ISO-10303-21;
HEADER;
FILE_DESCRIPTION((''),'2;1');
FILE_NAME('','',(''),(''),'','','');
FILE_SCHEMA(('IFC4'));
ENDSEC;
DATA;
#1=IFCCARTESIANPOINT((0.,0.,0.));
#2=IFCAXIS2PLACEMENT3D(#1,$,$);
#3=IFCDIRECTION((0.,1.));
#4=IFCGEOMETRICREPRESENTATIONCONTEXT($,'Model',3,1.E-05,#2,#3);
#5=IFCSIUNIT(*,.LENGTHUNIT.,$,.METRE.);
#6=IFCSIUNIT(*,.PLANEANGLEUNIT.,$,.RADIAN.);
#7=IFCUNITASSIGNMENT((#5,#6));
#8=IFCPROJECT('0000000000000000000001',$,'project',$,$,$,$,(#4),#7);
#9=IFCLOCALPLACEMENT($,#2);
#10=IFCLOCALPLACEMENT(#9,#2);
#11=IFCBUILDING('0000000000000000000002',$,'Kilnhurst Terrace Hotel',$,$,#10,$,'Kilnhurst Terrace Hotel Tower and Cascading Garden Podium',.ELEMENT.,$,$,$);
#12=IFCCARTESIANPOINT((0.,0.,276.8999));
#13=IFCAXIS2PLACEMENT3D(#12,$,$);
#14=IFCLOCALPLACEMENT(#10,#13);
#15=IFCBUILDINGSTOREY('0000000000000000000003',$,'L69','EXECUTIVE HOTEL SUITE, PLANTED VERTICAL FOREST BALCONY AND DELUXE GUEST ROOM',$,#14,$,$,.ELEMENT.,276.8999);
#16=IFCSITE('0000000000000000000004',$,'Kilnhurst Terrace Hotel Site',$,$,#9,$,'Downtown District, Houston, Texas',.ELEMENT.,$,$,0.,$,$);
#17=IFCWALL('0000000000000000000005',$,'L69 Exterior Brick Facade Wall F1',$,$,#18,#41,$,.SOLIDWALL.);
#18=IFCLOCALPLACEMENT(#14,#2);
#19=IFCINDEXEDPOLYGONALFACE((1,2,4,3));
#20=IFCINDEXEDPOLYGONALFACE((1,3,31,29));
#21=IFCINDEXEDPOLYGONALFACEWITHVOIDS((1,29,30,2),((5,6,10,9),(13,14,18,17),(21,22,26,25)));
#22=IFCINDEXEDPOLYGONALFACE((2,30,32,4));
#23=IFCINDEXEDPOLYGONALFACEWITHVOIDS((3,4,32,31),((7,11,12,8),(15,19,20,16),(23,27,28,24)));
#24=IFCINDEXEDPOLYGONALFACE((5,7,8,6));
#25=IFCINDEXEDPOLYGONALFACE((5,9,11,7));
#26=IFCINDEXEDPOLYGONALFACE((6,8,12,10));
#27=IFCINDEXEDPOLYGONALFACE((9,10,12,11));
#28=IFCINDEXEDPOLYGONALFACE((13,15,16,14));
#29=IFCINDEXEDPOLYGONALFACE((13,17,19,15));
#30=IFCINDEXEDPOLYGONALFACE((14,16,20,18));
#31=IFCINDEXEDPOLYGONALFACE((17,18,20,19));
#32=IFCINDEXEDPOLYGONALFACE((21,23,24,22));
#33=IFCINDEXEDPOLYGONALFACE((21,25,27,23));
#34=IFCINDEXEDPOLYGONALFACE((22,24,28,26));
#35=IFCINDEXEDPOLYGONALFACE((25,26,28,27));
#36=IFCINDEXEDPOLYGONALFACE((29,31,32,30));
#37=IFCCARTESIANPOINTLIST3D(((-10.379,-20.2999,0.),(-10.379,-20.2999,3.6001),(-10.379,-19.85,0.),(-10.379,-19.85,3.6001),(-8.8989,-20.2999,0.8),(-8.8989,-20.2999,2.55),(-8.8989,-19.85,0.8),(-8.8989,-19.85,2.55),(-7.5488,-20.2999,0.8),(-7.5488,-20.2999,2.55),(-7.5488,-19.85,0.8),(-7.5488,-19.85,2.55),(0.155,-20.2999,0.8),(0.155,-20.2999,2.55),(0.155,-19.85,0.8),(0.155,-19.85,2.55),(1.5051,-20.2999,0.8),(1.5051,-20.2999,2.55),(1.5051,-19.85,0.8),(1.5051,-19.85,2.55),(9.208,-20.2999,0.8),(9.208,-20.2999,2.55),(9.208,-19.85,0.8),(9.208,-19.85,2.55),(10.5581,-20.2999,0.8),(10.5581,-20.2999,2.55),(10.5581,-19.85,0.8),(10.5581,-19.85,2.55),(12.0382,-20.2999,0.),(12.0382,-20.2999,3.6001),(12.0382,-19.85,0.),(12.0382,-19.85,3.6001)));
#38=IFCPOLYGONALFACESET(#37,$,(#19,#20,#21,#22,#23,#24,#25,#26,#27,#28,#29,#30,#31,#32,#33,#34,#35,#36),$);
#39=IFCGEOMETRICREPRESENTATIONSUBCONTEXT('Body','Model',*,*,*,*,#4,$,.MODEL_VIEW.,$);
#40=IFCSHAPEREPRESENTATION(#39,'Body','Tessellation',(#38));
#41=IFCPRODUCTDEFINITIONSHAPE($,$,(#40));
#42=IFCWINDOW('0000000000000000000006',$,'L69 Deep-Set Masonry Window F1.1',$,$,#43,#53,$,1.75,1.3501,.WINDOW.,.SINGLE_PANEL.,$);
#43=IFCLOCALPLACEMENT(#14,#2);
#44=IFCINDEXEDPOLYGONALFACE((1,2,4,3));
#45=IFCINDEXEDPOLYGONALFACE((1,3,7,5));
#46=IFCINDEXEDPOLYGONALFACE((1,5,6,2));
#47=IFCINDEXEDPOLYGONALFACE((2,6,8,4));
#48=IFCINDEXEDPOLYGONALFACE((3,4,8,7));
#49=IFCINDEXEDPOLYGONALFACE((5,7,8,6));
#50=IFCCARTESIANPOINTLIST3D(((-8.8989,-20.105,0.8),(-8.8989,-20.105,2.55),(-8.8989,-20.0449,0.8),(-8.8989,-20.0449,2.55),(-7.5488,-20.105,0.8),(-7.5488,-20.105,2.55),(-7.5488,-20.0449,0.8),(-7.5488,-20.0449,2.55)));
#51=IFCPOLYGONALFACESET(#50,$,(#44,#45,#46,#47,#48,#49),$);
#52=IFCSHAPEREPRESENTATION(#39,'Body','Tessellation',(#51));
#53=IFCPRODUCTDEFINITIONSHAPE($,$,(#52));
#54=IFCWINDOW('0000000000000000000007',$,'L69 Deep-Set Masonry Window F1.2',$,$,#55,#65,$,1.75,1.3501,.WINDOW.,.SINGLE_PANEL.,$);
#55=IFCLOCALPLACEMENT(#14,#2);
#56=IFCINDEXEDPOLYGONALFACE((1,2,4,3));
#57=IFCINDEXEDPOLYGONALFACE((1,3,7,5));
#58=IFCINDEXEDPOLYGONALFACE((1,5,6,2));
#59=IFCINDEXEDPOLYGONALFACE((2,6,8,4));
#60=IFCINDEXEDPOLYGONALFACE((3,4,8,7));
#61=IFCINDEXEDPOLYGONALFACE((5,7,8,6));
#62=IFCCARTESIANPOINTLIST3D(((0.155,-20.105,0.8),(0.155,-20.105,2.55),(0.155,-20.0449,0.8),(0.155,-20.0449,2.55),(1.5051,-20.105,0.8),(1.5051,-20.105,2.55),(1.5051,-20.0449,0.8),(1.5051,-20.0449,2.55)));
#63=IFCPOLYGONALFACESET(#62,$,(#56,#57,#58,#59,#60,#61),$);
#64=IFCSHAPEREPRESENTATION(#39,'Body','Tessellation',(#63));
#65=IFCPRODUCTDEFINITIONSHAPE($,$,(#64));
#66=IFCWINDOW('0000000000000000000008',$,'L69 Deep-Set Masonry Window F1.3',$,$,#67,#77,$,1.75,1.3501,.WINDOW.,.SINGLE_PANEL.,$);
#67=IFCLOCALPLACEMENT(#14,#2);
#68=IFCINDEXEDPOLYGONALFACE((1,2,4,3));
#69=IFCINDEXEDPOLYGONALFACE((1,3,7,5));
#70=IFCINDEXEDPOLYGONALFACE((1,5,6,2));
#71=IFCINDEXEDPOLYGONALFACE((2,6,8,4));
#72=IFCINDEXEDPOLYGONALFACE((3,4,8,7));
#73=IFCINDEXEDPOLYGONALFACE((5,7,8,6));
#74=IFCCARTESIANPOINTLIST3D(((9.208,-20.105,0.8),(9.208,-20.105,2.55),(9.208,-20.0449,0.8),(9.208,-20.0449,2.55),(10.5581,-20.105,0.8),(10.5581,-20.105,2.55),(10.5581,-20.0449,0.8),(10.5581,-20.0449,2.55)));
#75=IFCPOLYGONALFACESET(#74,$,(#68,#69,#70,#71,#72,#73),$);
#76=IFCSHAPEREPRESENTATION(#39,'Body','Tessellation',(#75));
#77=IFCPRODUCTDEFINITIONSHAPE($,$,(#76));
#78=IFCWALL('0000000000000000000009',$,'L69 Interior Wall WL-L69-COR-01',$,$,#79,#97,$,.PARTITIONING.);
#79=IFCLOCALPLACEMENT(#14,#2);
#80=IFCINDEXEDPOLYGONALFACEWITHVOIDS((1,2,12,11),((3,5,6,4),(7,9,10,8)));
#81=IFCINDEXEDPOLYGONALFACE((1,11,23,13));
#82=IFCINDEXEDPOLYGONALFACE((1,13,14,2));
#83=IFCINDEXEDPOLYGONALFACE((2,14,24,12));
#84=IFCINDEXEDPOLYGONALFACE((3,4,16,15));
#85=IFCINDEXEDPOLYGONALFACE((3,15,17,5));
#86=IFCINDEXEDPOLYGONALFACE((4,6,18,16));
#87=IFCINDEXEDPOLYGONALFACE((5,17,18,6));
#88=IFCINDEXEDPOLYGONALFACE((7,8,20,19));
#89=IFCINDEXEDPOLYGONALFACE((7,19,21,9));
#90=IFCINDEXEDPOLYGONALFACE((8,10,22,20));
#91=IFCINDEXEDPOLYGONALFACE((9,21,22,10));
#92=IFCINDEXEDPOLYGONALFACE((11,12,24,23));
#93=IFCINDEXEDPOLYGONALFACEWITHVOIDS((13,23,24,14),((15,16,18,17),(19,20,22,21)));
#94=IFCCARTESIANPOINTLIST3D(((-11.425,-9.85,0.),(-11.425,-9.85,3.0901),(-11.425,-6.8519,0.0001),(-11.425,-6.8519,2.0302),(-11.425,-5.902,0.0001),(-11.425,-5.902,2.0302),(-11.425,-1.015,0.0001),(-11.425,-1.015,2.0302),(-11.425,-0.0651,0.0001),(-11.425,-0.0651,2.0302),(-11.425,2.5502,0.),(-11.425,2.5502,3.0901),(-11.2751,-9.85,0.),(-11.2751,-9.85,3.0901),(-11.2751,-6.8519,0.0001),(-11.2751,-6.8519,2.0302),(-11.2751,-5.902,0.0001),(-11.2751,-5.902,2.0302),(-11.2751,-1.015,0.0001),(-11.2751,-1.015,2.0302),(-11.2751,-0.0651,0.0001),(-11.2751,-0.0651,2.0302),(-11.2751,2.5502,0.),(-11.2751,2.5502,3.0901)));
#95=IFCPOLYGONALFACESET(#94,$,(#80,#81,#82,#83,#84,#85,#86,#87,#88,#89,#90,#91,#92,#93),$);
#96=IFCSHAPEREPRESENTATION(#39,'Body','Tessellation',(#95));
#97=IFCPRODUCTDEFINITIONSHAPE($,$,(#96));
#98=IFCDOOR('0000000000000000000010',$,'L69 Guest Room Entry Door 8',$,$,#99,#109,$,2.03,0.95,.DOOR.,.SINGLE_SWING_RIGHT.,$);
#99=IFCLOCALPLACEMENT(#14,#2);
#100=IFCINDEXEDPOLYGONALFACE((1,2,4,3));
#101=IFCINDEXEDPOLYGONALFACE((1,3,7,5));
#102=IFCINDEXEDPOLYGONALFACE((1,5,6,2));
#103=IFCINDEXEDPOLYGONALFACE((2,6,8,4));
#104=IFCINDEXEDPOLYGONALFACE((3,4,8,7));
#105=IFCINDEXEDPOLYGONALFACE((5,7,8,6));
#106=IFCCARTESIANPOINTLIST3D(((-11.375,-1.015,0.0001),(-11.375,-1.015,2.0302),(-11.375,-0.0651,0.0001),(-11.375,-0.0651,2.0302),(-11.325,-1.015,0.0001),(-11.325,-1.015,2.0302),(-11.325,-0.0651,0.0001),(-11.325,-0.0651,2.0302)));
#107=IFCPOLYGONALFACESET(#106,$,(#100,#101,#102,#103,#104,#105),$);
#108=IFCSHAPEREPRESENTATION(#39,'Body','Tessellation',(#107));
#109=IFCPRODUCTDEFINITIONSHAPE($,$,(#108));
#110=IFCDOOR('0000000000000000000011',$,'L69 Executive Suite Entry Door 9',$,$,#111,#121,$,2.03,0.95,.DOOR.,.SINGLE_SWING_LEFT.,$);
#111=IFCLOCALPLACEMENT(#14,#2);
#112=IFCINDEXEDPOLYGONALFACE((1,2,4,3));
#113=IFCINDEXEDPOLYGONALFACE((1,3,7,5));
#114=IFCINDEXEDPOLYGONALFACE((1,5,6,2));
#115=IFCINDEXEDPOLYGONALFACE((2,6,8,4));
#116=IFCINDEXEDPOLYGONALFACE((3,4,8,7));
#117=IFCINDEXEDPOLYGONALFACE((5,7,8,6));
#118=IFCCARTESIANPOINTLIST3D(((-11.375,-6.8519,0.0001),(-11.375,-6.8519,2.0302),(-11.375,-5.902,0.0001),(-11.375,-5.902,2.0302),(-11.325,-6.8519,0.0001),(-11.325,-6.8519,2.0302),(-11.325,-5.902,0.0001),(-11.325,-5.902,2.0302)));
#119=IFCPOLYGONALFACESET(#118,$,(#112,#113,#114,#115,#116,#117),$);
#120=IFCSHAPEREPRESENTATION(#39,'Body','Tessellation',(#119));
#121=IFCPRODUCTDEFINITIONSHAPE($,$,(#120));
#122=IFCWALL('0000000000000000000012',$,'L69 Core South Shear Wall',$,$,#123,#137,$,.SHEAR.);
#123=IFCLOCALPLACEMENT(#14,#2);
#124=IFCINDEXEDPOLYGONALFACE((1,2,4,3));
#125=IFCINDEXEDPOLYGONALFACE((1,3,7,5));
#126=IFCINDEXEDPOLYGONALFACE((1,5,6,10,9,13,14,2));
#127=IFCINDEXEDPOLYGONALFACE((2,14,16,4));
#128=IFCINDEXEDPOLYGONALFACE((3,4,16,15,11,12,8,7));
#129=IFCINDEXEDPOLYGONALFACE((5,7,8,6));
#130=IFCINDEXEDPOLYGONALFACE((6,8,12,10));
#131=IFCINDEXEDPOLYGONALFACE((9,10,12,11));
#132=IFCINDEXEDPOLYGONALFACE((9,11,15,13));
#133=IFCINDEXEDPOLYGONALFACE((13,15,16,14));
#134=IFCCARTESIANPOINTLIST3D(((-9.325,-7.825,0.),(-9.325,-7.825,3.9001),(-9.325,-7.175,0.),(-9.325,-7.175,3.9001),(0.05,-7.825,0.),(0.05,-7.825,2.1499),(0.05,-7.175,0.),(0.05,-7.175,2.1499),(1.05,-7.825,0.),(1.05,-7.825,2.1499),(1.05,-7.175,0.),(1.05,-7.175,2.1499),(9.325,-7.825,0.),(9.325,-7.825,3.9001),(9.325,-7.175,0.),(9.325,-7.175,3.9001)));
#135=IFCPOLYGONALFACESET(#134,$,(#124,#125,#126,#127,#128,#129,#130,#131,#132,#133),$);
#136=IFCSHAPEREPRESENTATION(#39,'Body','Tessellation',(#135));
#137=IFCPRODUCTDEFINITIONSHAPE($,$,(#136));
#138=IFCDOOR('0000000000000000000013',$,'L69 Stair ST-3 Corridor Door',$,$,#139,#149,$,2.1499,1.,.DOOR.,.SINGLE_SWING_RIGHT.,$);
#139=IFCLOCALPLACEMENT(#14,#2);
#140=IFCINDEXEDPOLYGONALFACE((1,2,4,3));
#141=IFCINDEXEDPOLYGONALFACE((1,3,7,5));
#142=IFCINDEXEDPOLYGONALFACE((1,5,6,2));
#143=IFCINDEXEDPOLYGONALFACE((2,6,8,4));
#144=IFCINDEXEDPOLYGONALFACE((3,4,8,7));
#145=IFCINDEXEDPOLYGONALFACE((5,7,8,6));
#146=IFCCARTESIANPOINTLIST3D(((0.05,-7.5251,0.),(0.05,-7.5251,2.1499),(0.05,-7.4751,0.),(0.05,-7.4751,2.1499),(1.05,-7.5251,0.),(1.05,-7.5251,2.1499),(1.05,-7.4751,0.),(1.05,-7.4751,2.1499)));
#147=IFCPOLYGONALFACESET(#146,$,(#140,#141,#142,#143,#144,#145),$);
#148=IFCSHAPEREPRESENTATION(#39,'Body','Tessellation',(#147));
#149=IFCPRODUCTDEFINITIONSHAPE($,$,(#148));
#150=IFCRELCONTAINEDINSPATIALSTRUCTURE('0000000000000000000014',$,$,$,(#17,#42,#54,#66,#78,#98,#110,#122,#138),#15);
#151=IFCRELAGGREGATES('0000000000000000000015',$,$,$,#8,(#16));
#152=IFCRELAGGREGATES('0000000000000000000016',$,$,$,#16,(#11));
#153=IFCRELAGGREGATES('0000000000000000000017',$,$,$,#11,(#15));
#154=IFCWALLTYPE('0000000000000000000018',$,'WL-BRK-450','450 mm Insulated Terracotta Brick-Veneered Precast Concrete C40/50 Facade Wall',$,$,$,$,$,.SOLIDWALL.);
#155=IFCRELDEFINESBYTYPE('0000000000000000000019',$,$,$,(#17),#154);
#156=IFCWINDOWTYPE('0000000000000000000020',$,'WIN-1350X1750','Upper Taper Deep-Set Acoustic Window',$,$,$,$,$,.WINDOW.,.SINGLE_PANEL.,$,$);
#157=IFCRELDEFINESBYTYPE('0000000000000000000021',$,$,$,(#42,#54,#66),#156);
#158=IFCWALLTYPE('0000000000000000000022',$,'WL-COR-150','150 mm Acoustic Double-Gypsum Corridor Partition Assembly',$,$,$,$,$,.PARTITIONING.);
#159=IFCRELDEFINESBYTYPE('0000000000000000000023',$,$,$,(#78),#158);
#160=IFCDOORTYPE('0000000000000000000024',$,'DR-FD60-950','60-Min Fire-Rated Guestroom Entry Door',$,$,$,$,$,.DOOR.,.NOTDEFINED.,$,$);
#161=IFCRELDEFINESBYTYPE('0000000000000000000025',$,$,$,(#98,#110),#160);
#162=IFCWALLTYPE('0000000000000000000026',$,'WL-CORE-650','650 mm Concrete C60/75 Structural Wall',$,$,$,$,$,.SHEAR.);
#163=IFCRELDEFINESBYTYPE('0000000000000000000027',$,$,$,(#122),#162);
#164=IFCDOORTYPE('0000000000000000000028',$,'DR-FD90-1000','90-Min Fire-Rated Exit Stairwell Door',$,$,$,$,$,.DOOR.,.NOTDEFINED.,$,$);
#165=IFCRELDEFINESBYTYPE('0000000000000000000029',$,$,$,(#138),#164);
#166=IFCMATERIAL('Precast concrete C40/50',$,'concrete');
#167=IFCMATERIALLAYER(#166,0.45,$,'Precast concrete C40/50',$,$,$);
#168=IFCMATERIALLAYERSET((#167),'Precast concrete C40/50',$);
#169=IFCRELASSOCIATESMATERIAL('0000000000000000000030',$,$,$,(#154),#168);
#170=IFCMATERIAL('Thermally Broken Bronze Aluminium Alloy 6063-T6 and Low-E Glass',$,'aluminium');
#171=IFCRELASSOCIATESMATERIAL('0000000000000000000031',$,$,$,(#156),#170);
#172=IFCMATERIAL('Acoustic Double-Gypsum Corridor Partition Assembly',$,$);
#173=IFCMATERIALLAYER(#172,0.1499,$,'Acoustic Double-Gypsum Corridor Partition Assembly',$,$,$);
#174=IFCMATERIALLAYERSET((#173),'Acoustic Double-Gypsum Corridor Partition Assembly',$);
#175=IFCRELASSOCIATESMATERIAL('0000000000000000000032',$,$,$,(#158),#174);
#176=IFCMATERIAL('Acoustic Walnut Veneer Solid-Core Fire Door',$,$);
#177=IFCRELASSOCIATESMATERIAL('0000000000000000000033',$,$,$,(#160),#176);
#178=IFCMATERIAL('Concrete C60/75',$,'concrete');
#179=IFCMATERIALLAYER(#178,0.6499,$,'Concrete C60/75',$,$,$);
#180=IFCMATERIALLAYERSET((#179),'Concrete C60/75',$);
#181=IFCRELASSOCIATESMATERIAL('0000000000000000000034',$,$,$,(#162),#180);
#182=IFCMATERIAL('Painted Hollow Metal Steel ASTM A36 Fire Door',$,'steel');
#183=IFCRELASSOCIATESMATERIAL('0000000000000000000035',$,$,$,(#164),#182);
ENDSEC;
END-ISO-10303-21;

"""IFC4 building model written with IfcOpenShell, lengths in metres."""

from ifc_helpers import new_model, si_unit, direction, frame, frame_2d, origin, place, context, subcontext, project, spatial, rectangle, extrude, material, layer, layer_set, type_object, element, fill, save


model = new_model("IFC4")

# Units and contexts
model_context = context("Model", 3, precision=1e-05, world=origin(), true_north=direction((0.0, 1.0)))
body_context = subcontext(model_context, "Body", "Model", "MODEL_VIEW")
ifc_project = project(units=[si_unit("LENGTHUNIT", "METRE"), si_unit("PLANEANGLEUNIT", "RADIAN")], contexts=[model_context])

# Site, building, storey
site_placement = place(None, origin())
site = spatial("IfcSite", under=ifc_project, at=site_placement, Name="Kilnhurst Terrace Hotel Site", LongName="Downtown District, Houston, Texas", CompositionType="ELEMENT", RefElevation=0.0)
building_placement = place(site_placement, origin())
building = spatial("IfcBuilding", under=site, at=building_placement, Name="Kilnhurst Terrace Hotel", LongName="Kilnhurst Terrace Hotel Tower and Cascading Garden Podium", CompositionType="ELEMENT")
storey_placement = place(building_placement, frame((0.0, 0.0, 276.8999)))
storey = spatial("IfcBuildingStorey", under=building, at=storey_placement, Name="L69", Description="EXECUTIVE HOTEL SUITE, PLANTED VERTICAL FOREST BALCONY AND DELUXE GUEST ROOM", CompositionType="ELEMENT", Elevation=276.8999)

# Shared definitions
ifc_material_1 = material(Name="Concrete C60/75", Category="concrete")

# Shared definitions
ifc_material_2 = material(Name="Precast concrete C40/50", Category="concrete")
ifc_layer_1 = layer(ifc_material_2, 0.45, Name="Precast concrete C40/50")
ifc_layer_set_1 = layer_set([ifc_layer_1], Name="Precast concrete C40/50")
wall_type_1 = type_object("IfcWallType", Name="WL-BRK-450", Description="450 mm Insulated Terracotta Brick-Veneered Precast Concrete C40/50 Facade Wall", PredefinedType="SOLIDWALL", material=ifc_layer_set_1)

# Wall, openings, windows
wall_1_placement = place(storey_placement, frame((-10.3789, -20.075, 0.0), z_axis=(0.0, 0.0, 1.0), x_axis=(1.0, 0.0, 0.0)))
wall_1 = element("IfcWall", 1, at=wall_1_placement, inside=storey, type_object=wall_type_1, Name="L69 Exterior Brick Facade Wall F1", PredefinedType="SOLIDWALL", context=body_context, shape_type="SweptSolid", body=[
    extrude(rectangle(XDim=22.4172, YDim=0.45, at=frame_2d((11.2085, 0.0))), origin(), (0.0, 0.0, 1.0), 3.6001),
])
opening_1_placement = place(wall_1_placement, frame((1.48, 0.0, 0.8)))
opening_1 = element("IfcOpeningElement", 2, at=opening_1_placement, cuts=wall_1, PredefinedType="OPENING", context=body_context, shape_type="SweptSolid", body=[
    extrude(rectangle(XDim=1.3501, YDim=1.75, at=frame_2d((0.675, 0.875))), frame((0.0, 0.2349, 0.0), z_axis=(0.0, -1.0, 0.0), x_axis=(1.0, 0.0, 0.0)), (0.0, 0.0, 1.0), 0.47),
])
opening_2_placement = place(wall_1_placement, frame((10.5339, 0.0, 0.8)))
opening_2 = element("IfcOpeningElement", 3, at=opening_2_placement, cuts=wall_1, PredefinedType="OPENING", context=body_context, shape_type="SweptSolid", body=[
    extrude(rectangle(XDim=1.3501, YDim=1.75, at=frame_2d((0.675, 0.875))), frame((0.0, 0.2349, 0.0), z_axis=(0.0, -1.0, 0.0), x_axis=(1.0, 0.0, 0.0)), (0.0, 0.0, 1.0), 0.47),
])
opening_3_placement = place(wall_1_placement, frame((19.5869, 0.0, 0.8)))
opening_3 = element("IfcOpeningElement", 4, at=opening_3_placement, cuts=wall_1, PredefinedType="OPENING", context=body_context, shape_type="SweptSolid", body=[
    extrude(rectangle(XDim=1.3501, YDim=1.75, at=frame_2d((0.675, 0.875))), frame((0.0, 0.2349, 0.0), z_axis=(0.0, -1.0, 0.0), x_axis=(1.0, 0.0, 0.0)), (0.0, 0.0, 1.0), 0.47),
])
ifc_material_3 = material(Name="Thermally Broken Bronze Aluminium Alloy 6063-T6 and Low-E Glass", Category="aluminium")
window_type = type_object("IfcWindowType", Name="WIN-1350X1750", Description="Upper Taper Deep-Set Acoustic Window", PartitioningType="SINGLE_PANEL", PredefinedType="WINDOW", material=ifc_material_3)
window_1_placement = place(opening_1_placement, origin())
window_1 = element("IfcWindow", 5, at=window_1_placement, inside=storey, type_object=window_type, Name="L69 Deep-Set Masonry Window F1.1", OverallHeight=1.75, OverallWidth=1.3501, PartitioningType="SINGLE_PANEL", PredefinedType="WINDOW", context=body_context, shape_type="SweptSolid", body=[
    extrude(rectangle(XDim=1.3501, YDim=1.75, at=frame_2d((0.675, 0.875))), frame((0.0, 0.03, 0.0), z_axis=(0.0, -1.0, 0.0), x_axis=(1.0, 0.0, 0.0)), (0.0, 0.0, 1.0), 0.0601),
])
fill(opening_1, window_1)
window_2_placement = place(opening_2_placement, origin())
window_2 = element("IfcWindow", 6, at=window_2_placement, inside=storey, type_object=window_type, Name="L69 Deep-Set Masonry Window F1.2", OverallHeight=1.75, OverallWidth=1.3501, PartitioningType="SINGLE_PANEL", PredefinedType="WINDOW", context=body_context, shape_type="SweptSolid", body=[
    extrude(rectangle(XDim=1.3501, YDim=1.75, at=frame_2d((0.675, 0.875))), frame((0.0, 0.03, 0.0), z_axis=(0.0, -1.0, 0.0), x_axis=(1.0, 0.0, 0.0)), (0.0, 0.0, 1.0), 0.0601),
])
fill(opening_2, window_2)
window_3_placement = place(opening_3_placement, origin())
window_3 = element("IfcWindow", 7, at=window_3_placement, inside=storey, type_object=window_type, Name="L69 Deep-Set Masonry Window F1.3", OverallHeight=1.75, OverallWidth=1.3501, PartitioningType="SINGLE_PANEL", PredefinedType="WINDOW", context=body_context, shape_type="SweptSolid", body=[
    extrude(rectangle(XDim=1.3501, YDim=1.75, at=frame_2d((0.675, 0.875))), frame((0.0, 0.03, 0.0), z_axis=(0.0, -1.0, 0.0), x_axis=(1.0, 0.0, 0.0)), (0.0, 0.0, 1.0), 0.0601),
])
fill(opening_3, window_3)

# Wall, openings, doors
ifc_material_4 = material(Name="Acoustic Double-Gypsum Corridor Partition Assembly")
ifc_layer_2 = layer(ifc_material_4, 0.1499, Name="Acoustic Double-Gypsum Corridor Partition Assembly")
ifc_layer_set_2 = layer_set([ifc_layer_2], Name="Acoustic Double-Gypsum Corridor Partition Assembly")
wall_type_2 = type_object("IfcWallType", Name="WL-COR-150", Description="150 mm Acoustic Double-Gypsum Corridor Partition Assembly", PredefinedType="PARTITIONING", material=ifc_layer_set_2)
wall_2_placement = place(storey_placement, frame((-11.3501, -9.8501, 0.0), z_axis=(0.0, 0.0, 1.0), x_axis=(0.0, 1.0, 0.0)))
wall_2 = element("IfcWall", 8, at=wall_2_placement, inside=storey, type_object=wall_type_2, Name="L69 Interior Wall WL-L69-COR-01", PredefinedType="PARTITIONING", context=body_context, shape_type="SweptSolid", body=[
    extrude(rectangle(XDim=12.4001, YDim=0.1499, at=frame_2d((6.2002, 0.0))), origin(), (0.0, 0.0, 1.0), 3.0901),
])
opening_4_placement = place(wall_2_placement, frame((8.835, 0.0, 0.0)))
opening_4 = element("IfcOpeningElement", 9, at=opening_4_placement, cuts=wall_2, PredefinedType="OPENING", context=body_context, shape_type="SweptSolid", body=[
    extrude(rectangle(XDim=0.95, YDim=2.03, at=frame_2d((0.4751, 1.0151))), frame((0.0, 0.085, 0.0), z_axis=(0.0, -1.0, 0.0), x_axis=(1.0, 0.0, 0.0)), (0.0, 0.0, 1.0), 0.1699),
])
opening_5_placement = place(wall_2_placement, frame((2.998, 0.0, 0.0)))
opening_5 = element("IfcOpeningElement", 10, at=opening_5_placement, cuts=wall_2, PredefinedType="OPENING", context=body_context, shape_type="SweptSolid", body=[
    extrude(rectangle(XDim=0.95, YDim=2.03, at=frame_2d((0.4751, 1.0151))), frame((0.0, 0.085, 0.0), z_axis=(0.0, -1.0, 0.0), x_axis=(1.0, 0.0, 0.0)), (0.0, 0.0, 1.0), 0.1699),
])
ifc_material_5 = material(Name="Acoustic Walnut Veneer Solid-Core Fire Door")
door_type_1 = type_object("IfcDoorType", Name="DR-FD60-950", Description="60-Min Fire-Rated Guestroom Entry Door", OperationType="NOTDEFINED", PredefinedType="DOOR", material=ifc_material_5)
door_1_placement = place(opening_4_placement, origin())
door_1 = element("IfcDoor", 11, at=door_1_placement, inside=storey, type_object=door_type_1, Name="L69 Guest Room Entry Door 8", OperationType="SINGLE_SWING_RIGHT", OverallHeight=2.03, OverallWidth=0.95, PredefinedType="DOOR", context=body_context, shape_type="SweptSolid", body=[
    extrude(rectangle(XDim=0.95, YDim=2.03, at=frame_2d((0.4751, 1.0151))), frame((0.0, 0.0249, 0.0), z_axis=(0.0, -1.0, 0.0), x_axis=(1.0, 0.0, 0.0)), (0.0, 0.0, 1.0), 0.05),
])
fill(opening_4, door_1)
door_2_placement = place(opening_5_placement, origin())
door_2 = element("IfcDoor", 12, at=door_2_placement, inside=storey, type_object=door_type_1, Name="L69 Executive Suite Entry Door 9", OperationType="SINGLE_SWING_LEFT", OverallHeight=2.03, OverallWidth=0.95, PredefinedType="DOOR", context=body_context, shape_type="SweptSolid", body=[
    extrude(rectangle(XDim=0.95, YDim=2.03, at=frame_2d((0.4751, 1.0151))), frame((0.0, 0.0249, 0.0), z_axis=(0.0, -1.0, 0.0), x_axis=(1.0, 0.0, 0.0)), (0.0, 0.0, 1.0), 0.05),
])
fill(opening_5, door_2)

# Wall, opening, door
ifc_layer_3 = layer(ifc_material_1, 0.6499, Name="Concrete C60/75")
ifc_layer_set_3 = layer_set([ifc_layer_3], Name="Concrete C60/75")
wall_type_3 = type_object("IfcWallType", Name="WL-CORE-650", Description="650 mm Concrete C60/75 Structural Wall", PredefinedType="SHEAR", material=ifc_layer_set_3)
wall_3_placement = place(storey_placement, frame((-9.325, -7.5, 0.0), z_axis=(0.0, 0.0, 1.0), x_axis=(1.0, 0.0, 0.0)))
wall_3 = element("IfcWall", 13, at=wall_3_placement, inside=storey, type_object=wall_type_3, Name="L69 Core South Shear Wall", PredefinedType="SHEAR", context=body_context, shape_type="SweptSolid", body=[
    extrude(rectangle(XDim=18.6499, YDim=0.6499, at=frame_2d((9.325, 0.0))), origin(), (0.0, 0.0, 1.0), 3.9001),
])
opening_6_placement = place(wall_3_placement, frame((9.375, 0.0, 0.0)))
opening_6 = element("IfcOpeningElement", 14, at=opening_6_placement, cuts=wall_3, PredefinedType="OPENING", context=body_context, shape_type="SweptSolid", body=[
    extrude(rectangle(XDim=1.0, YDim=2.1499, at=frame_2d((0.5, 1.075))), frame((0.0, 0.335, 0.0), z_axis=(0.0, -1.0, 0.0), x_axis=(1.0, 0.0, 0.0)), (0.0, 0.0, 1.0), 0.6699),
])
ifc_material_6 = material(Name="Painted Hollow Metal Steel ASTM A36 Fire Door", Category="steel")
door_type_2 = type_object("IfcDoorType", Name="DR-FD90-1000", Description="90-Min Fire-Rated Exit Stairwell Door", OperationType="NOTDEFINED", PredefinedType="DOOR", material=ifc_material_6)
door_3_placement = place(opening_6_placement, origin())
door_3 = element("IfcDoor", 15, at=door_3_placement, inside=storey, type_object=door_type_2, Name="L69 Stair ST-3 Corridor Door", OperationType="SINGLE_SWING_RIGHT", OverallHeight=2.1499, OverallWidth=1.0, PredefinedType="DOOR", context=body_context, shape_type="SweptSolid", body=[
    extrude(rectangle(XDim=1.0, YDim=2.1499, at=frame_2d((0.5, 1.075))), frame((0.0, 0.0249, 0.0), z_axis=(0.0, -1.0, 0.0), x_axis=(1.0, 0.0, 0.0)), (0.0, 0.0, 1.0), 0.05),
])
fill(opening_6, door_3)

save(model, "model.ifc")
